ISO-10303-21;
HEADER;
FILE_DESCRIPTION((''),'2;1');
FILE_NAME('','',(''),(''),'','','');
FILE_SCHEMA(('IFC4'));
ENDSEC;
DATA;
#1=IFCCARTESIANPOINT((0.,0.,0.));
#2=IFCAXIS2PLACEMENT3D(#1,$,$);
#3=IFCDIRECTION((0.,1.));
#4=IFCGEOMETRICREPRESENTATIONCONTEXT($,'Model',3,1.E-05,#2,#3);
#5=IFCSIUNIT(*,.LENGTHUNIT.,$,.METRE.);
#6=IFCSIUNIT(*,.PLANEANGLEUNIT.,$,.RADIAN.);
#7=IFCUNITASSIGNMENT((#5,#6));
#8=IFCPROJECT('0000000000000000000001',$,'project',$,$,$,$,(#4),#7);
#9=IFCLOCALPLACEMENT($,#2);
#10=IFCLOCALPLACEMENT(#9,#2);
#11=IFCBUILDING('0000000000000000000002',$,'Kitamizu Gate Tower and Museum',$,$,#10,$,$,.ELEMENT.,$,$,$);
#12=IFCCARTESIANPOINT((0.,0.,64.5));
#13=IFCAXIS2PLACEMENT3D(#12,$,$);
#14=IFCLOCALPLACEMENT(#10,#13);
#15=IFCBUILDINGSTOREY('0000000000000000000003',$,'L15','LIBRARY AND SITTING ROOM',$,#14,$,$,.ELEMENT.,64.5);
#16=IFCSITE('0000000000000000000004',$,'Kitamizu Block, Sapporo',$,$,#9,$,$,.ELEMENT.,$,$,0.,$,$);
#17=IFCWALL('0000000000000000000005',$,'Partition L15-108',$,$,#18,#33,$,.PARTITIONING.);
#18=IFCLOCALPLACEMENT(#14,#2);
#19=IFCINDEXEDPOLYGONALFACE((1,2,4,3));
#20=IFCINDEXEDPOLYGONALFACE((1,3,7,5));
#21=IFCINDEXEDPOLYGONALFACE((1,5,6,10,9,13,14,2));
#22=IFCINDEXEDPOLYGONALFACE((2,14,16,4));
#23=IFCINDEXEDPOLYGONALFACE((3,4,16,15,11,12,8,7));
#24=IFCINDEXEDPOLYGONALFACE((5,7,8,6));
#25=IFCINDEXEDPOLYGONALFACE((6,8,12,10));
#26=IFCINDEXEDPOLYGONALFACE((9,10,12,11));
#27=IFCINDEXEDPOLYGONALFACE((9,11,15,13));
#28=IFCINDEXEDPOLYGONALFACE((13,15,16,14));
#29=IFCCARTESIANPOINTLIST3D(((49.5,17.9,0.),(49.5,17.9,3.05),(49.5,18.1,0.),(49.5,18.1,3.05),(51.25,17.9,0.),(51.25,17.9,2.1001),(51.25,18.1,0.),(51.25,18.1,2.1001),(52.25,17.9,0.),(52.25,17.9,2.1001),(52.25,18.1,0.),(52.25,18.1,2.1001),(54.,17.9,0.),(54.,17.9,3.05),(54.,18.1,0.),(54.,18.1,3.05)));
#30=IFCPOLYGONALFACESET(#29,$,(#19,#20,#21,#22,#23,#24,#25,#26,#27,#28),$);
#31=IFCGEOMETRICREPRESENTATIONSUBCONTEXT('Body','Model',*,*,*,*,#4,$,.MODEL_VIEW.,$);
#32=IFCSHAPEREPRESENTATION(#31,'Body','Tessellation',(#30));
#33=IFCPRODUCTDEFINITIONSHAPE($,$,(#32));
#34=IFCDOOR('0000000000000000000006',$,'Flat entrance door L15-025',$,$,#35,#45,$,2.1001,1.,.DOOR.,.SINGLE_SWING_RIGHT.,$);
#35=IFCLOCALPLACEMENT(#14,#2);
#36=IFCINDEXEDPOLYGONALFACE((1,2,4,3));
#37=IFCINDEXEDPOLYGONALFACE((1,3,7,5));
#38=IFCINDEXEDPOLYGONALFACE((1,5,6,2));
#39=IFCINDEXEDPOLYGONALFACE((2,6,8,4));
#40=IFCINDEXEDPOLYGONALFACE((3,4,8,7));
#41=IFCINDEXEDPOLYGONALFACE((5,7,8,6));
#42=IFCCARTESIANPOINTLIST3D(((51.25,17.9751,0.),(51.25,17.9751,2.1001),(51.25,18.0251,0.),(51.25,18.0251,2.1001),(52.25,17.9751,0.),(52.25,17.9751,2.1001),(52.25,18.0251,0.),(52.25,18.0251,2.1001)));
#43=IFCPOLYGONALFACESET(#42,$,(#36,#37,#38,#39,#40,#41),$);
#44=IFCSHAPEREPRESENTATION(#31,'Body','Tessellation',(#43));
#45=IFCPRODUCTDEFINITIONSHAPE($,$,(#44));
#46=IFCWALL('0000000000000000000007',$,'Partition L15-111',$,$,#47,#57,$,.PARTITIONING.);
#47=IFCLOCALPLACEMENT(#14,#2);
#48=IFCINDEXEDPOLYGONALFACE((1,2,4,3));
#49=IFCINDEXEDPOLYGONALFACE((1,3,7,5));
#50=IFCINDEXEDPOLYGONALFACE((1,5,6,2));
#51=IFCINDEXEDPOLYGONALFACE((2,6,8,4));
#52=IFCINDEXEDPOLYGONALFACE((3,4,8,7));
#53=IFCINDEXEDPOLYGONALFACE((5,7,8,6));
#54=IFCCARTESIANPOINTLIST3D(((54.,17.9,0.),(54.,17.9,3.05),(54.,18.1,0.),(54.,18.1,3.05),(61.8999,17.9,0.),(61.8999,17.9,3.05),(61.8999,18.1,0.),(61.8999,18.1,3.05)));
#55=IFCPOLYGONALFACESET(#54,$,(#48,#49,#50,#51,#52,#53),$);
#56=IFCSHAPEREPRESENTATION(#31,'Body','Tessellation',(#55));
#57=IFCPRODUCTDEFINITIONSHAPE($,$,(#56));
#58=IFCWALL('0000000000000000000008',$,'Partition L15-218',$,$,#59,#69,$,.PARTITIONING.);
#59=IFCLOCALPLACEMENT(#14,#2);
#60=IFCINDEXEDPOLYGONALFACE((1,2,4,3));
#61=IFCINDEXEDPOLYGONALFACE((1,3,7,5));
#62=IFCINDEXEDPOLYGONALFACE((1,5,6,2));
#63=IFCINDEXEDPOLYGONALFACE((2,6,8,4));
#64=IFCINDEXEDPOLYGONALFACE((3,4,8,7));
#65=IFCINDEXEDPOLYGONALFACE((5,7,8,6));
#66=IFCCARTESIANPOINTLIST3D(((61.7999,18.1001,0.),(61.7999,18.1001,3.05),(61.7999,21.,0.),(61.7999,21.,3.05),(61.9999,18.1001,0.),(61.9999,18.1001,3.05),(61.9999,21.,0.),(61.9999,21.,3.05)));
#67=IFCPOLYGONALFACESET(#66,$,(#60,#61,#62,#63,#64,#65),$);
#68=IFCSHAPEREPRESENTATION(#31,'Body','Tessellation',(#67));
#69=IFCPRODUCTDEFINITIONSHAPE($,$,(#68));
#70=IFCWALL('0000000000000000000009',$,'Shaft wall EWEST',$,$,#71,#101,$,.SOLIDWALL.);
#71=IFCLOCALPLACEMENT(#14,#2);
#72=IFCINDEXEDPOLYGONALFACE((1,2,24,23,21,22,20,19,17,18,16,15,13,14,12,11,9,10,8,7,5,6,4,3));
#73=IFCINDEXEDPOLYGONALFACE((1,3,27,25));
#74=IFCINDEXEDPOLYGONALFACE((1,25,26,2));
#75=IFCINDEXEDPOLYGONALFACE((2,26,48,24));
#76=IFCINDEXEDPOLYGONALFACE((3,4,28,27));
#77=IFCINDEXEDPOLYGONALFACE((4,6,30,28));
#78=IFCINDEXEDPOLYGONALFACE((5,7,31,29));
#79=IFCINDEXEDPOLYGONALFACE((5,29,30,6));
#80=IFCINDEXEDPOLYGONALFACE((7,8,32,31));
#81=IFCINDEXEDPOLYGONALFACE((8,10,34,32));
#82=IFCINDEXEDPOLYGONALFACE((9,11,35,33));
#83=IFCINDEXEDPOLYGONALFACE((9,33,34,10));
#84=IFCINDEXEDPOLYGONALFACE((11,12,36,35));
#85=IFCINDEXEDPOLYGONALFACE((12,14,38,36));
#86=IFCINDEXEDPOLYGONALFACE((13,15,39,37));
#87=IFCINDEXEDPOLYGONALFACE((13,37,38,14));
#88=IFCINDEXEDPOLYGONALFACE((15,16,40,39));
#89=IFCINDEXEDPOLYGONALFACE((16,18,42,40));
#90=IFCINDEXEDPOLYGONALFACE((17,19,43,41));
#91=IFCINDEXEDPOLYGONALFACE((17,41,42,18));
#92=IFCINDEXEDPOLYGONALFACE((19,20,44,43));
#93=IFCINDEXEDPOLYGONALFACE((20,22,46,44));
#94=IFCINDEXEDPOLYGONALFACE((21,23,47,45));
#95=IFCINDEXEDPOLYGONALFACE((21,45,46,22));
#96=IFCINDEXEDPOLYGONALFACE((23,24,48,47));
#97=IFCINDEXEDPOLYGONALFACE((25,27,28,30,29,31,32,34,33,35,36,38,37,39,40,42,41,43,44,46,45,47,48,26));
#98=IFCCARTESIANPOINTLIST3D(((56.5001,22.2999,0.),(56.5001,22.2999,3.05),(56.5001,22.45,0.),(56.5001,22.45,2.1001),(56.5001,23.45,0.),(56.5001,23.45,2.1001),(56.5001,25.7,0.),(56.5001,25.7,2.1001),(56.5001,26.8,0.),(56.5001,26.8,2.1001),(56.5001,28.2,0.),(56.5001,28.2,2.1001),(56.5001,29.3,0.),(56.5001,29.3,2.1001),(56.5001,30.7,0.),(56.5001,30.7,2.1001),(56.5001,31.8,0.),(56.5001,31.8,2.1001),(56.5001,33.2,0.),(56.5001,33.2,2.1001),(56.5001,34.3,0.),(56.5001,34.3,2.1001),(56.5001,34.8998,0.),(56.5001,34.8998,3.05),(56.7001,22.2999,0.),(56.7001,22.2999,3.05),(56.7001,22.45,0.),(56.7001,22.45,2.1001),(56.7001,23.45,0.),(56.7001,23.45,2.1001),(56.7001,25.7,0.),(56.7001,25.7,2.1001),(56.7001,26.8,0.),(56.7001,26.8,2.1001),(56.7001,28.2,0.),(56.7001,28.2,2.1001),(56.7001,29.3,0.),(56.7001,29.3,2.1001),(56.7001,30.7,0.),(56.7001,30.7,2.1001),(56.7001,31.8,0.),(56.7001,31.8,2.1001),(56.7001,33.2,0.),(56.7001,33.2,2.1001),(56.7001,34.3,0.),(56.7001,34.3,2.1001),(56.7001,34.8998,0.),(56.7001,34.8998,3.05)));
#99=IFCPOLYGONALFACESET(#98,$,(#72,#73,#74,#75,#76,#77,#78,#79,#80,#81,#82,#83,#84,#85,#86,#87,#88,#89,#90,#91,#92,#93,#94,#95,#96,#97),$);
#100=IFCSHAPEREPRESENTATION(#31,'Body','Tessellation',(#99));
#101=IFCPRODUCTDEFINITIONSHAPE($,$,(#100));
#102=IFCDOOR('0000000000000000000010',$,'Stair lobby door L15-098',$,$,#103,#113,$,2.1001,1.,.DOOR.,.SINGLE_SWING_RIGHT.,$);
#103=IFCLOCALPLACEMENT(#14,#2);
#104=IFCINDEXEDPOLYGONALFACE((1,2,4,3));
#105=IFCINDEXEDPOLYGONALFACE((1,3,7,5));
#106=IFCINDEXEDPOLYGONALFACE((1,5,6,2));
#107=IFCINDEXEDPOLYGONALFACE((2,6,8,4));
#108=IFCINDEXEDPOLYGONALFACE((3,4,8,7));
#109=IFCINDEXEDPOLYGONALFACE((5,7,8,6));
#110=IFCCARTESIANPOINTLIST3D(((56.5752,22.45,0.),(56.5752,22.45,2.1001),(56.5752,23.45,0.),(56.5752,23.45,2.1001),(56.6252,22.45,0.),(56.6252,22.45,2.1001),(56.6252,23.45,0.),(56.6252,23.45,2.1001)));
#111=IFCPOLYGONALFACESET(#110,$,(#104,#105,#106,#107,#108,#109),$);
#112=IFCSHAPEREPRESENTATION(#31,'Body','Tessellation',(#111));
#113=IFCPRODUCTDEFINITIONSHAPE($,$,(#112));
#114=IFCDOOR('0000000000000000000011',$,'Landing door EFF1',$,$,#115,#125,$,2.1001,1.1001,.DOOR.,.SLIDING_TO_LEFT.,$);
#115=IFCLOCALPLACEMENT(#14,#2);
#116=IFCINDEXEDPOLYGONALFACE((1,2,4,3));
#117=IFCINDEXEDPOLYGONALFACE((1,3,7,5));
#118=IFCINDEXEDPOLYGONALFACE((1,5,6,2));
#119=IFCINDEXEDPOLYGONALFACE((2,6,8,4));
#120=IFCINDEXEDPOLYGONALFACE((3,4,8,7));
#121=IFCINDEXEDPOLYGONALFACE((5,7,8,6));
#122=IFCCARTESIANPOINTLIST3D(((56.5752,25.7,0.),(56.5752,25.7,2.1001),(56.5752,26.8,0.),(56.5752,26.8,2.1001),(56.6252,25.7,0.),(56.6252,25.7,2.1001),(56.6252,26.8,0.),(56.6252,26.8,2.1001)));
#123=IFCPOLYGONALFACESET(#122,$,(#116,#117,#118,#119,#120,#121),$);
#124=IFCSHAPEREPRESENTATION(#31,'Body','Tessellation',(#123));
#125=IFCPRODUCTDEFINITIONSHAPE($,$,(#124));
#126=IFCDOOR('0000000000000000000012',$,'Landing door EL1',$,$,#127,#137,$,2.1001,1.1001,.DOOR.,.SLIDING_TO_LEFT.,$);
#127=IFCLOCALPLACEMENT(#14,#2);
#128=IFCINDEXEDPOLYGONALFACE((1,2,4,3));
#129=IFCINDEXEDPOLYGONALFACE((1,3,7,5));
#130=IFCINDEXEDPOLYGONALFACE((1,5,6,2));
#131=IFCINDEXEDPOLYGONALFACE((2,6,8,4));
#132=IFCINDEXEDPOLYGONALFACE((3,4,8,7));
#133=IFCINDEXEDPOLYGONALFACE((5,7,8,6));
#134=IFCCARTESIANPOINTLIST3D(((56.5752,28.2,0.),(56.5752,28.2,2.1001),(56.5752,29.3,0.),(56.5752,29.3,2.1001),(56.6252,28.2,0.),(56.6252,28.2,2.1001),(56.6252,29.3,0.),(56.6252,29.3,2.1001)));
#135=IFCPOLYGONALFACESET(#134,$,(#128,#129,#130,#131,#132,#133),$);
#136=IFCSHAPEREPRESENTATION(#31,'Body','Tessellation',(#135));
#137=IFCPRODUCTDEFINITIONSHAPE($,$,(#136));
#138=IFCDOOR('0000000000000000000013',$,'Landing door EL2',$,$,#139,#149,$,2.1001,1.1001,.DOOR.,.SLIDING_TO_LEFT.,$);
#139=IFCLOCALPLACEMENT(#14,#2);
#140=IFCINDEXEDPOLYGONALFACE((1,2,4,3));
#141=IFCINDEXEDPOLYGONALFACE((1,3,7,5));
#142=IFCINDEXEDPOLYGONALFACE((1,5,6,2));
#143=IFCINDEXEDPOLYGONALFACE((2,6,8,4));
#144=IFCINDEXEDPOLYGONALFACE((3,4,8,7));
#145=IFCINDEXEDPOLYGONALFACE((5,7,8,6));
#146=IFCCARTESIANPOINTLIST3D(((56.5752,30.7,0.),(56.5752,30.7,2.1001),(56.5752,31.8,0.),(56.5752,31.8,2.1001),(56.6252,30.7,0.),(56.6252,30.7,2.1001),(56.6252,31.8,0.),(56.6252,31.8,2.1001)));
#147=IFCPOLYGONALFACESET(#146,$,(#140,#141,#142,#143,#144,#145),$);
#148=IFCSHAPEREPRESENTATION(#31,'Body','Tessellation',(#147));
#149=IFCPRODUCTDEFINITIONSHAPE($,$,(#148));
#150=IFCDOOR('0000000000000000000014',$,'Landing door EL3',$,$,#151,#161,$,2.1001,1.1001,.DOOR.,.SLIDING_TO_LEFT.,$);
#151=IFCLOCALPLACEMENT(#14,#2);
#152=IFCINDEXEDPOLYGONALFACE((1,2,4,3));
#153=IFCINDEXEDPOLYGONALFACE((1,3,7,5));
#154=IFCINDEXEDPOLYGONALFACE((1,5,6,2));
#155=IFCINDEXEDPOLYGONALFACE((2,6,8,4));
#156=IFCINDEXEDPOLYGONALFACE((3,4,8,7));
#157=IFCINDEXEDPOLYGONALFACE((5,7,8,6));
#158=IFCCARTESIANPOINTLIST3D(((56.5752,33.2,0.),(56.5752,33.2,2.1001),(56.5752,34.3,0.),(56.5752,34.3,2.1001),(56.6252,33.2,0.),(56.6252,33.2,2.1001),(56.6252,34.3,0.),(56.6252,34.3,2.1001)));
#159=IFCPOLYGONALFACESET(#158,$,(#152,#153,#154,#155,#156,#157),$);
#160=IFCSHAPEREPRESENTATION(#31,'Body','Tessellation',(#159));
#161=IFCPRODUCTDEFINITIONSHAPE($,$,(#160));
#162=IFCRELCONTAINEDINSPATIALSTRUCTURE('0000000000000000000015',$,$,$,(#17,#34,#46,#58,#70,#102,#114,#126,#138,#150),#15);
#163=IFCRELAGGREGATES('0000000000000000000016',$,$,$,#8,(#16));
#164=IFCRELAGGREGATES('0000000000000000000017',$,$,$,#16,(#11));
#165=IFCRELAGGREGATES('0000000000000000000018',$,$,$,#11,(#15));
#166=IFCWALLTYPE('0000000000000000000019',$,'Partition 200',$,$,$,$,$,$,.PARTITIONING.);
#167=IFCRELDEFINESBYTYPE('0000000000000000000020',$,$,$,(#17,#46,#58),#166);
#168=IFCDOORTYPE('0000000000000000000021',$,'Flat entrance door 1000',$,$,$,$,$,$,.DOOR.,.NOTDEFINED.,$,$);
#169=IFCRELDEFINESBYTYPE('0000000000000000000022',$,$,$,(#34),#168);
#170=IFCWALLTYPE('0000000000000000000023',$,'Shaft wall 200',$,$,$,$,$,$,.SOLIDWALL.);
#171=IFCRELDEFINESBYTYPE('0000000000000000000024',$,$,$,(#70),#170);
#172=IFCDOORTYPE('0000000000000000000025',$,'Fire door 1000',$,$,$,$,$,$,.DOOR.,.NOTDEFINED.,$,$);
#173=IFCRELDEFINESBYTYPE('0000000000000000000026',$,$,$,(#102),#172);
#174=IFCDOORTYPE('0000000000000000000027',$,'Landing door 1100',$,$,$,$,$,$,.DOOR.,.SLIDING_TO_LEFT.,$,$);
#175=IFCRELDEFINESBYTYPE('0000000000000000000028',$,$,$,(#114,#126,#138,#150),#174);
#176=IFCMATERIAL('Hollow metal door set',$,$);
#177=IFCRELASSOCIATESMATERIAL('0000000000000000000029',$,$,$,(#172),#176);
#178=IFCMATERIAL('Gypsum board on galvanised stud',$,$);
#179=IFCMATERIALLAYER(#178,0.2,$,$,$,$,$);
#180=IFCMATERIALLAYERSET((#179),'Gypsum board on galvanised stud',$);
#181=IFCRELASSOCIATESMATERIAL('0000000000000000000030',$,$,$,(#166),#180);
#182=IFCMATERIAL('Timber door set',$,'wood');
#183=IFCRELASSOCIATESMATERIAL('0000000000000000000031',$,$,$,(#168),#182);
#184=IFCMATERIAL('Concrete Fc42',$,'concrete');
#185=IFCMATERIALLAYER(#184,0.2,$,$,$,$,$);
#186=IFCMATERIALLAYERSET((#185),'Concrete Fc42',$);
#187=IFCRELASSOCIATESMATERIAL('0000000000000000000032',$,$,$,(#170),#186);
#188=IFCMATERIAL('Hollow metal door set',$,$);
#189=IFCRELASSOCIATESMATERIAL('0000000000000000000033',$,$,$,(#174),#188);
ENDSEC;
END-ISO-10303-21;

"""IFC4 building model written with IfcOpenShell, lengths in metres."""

from ifc_helpers import new_model, si_unit, direction, frame, frame_2d, origin, place, context, subcontext, project, spatial, rectangle, extrude, material, layer, layer_set, type_object, element, fill, save


model = new_model("IFC4")

# Units and contexts
model_context = context("Model", 3, precision=1e-05, world=origin(), true_north=direction((0.0, 1.0)))
body_context = subcontext(model_context, "Body", "Model", "MODEL_VIEW")
ifc_project = project(units=[si_unit("LENGTHUNIT", "METRE"), si_unit("PLANEANGLEUNIT", "RADIAN")], contexts=[model_context])

# Site, building, storey
site_placement = place(None, origin())
site = spatial("IfcSite", under=ifc_project, at=site_placement, Name="Kitamizu Block, Sapporo", CompositionType="ELEMENT", RefElevation=0.0)
building_placement = place(site_placement, origin())
building = spatial("IfcBuilding", under=site, at=building_placement, Name="Kitamizu Gate Tower and Museum", CompositionType="ELEMENT")
storey_placement = place(building_placement, frame((0.0, 0.0, 64.5)))
storey = spatial("IfcBuildingStorey", under=building, at=storey_placement, Name="L15", Description="LIBRARY AND SITTING ROOM", CompositionType="ELEMENT", Elevation=64.5)

# Shared definitions
ifc_material_1 = material(Name="Hollow metal door set")
door_type_1 = type_object("IfcDoorType", Name="Fire door 1000", OperationType="NOTDEFINED", PredefinedType="DOOR", material=ifc_material_1)

# Shared definitions
ifc_material_2 = material(Name="Gypsum board on galvanised stud")
ifc_layer_1 = layer(ifc_material_2, 0.2)
ifc_layer_set_1 = layer_set([ifc_layer_1], Name="Gypsum board on galvanised stud")
wall_type_1 = type_object("IfcWallType", Name="Partition 200", PredefinedType="PARTITIONING", material=ifc_layer_set_1)

# Wall, opening, door
wall_1_placement = place(storey_placement, frame((54.0, 18.0, 0.0), z_axis=(0.0, 0.0, 1.0), x_axis=(-1.0, 0.0, 0.0)))
wall_1 = element("IfcWall", 1, at=wall_1_placement, inside=storey, type_object=wall_type_1, Name="Partition L15-108", PredefinedType="PARTITIONING", context=body_context, shape_type="SweptSolid", body=[
    extrude(rectangle(XDim=4.5, YDim=0.2, at=frame_2d((2.25, 0.0))), origin(), (0.0, 0.0, 1.0), 3.05),
])
opening_1_placement = place(wall_1_placement, frame((1.75, 0.0, 0.0)))
opening_1 = element("IfcOpeningElement", 2, at=opening_1_placement, cuts=wall_1, PredefinedType="OPENING", context=body_context, shape_type="SweptSolid", body=[
    extrude(rectangle(XDim=1.0, YDim=2.1001, at=frame_2d((0.5, 1.05))), frame((0.0, 0.1099, 0.0), z_axis=(0.0, -1.0, 0.0), x_axis=(1.0, 0.0, 0.0)), (0.0, 0.0, 1.0), 0.22),
])
ifc_material_3 = material(Name="Timber door set", Category="wood")
door_type_2 = type_object("IfcDoorType", Name="Flat entrance door 1000", OperationType="NOTDEFINED", PredefinedType="DOOR", material=ifc_material_3)
door_1_placement = place(opening_1_placement, origin())
door_1 = element("IfcDoor", 3, at=door_1_placement, inside=storey, type_object=door_type_2, Name="Flat entrance door L15-025", OperationType="SINGLE_SWING_RIGHT", OverallHeight=2.1001, OverallWidth=1.0, PredefinedType="DOOR", context=body_context, shape_type="SweptSolid", body=[
    extrude(rectangle(XDim=1.0, YDim=2.1001, at=frame_2d((0.5, 1.05))), frame((0.0, 0.0249, 0.0), z_axis=(0.0, -1.0, 0.0), x_axis=(1.0, 0.0, 0.0)), (0.0, 0.0, 1.0), 0.05),
])
fill(opening_1, door_1)

# Walls
wall_2_placement = place(storey_placement, frame((61.8999, 18.0, 0.0), z_axis=(0.0, 0.0, 1.0), x_axis=(-1.0, 0.0, 0.0)))
element("IfcWall", 4, at=wall_2_placement, inside=storey, type_object=wall_type_1, Name="Partition L15-111", PredefinedType="PARTITIONING", context=body_context, shape_type="SweptSolid", body=[
    extrude(rectangle(XDim=7.8999, YDim=0.2, at=frame_2d((3.95, 0.0))), origin(), (0.0, 0.0, 1.0), 3.05),
])
wall_3_placement = place(storey_placement, frame((61.8999, 21.0, 0.0), z_axis=(0.0, 0.0, 1.0), x_axis=(0.0, -1.0, 0.0)))
element("IfcWall", 5, at=wall_3_placement, inside=storey, type_object=wall_type_1, Name="Partition L15-218", PredefinedType="PARTITIONING", context=body_context, shape_type="SweptSolid", body=[
    extrude(rectangle(XDim=2.8999, YDim=0.2, at=frame_2d((1.45, 0.0))), origin(), (0.0, 0.0, 1.0), 3.05),
])

# Wall, openings, doors
ifc_material_4 = material(Name="Concrete Fc42", Category="concrete")
ifc_layer_2 = layer(ifc_material_4, 0.2)
ifc_layer_set_2 = layer_set([ifc_layer_2], Name="Concrete Fc42")
wall_type_2 = type_object("IfcWallType", Name="Shaft wall 200", PredefinedType="SOLIDWALL", material=ifc_layer_set_2)
wall_4_placement = place(storey_placement, frame((56.6001, 22.3, 0.0), z_axis=(0.0, 0.0, 1.0), x_axis=(0.0, 1.0, 0.0)))
wall_4 = element("IfcWall", 6, at=wall_4_placement, inside=storey, type_object=wall_type_2, Name="Shaft wall EWEST", PredefinedType="SOLIDWALL", context=body_context, shape_type="SweptSolid", body=[
    extrude(rectangle(XDim=12.5999, YDim=0.2, at=frame_2d((6.2998, 0.0))), origin(), (0.0, 0.0, 1.0), 3.05),
])
opening_2_placement = place(wall_4_placement, frame((3.3999, 0.0, 0.0)))
opening_2 = element("IfcOpeningElement", 7, at=opening_2_placement, cuts=wall_4, PredefinedType="OPENING", context=body_context, shape_type="SweptSolid", body=[
    extrude(rectangle(XDim=1.1001, YDim=2.1001, at=frame_2d((0.55, 1.05))), frame((0.0, 0.1099, 0.0), z_axis=(0.0, -1.0, 0.0), x_axis=(1.0, 0.0, 0.0)), (0.0, 0.0, 1.0), 0.22),
])
opening_3_placement = place(wall_4_placement, frame((5.8999, 0.0, 0.0)))
opening_3 = element("IfcOpeningElement", 8, at=opening_3_placement, cuts=wall_4, PredefinedType="OPENING", context=body_context, shape_type="SweptSolid", body=[
    extrude(rectangle(XDim=1.1001, YDim=2.1001, at=frame_2d((0.55, 1.05))), frame((0.0, 0.1099, 0.0), z_axis=(0.0, -1.0, 0.0), x_axis=(1.0, 0.0, 0.0)), (0.0, 0.0, 1.0), 0.22),
])
opening_4_placement = place(wall_4_placement, frame((8.3999, 0.0, 0.0)))
opening_4 = element("IfcOpeningElement", 9, at=opening_4_placement, cuts=wall_4, PredefinedType="OPENING", context=body_context, shape_type="SweptSolid", body=[
    extrude(rectangle(XDim=1.1001, YDim=2.1001, at=frame_2d((0.55, 1.05))), frame((0.0, 0.1099, 0.0), z_axis=(0.0, -1.0, 0.0), x_axis=(1.0, 0.0, 0.0)), (0.0, 0.0, 1.0), 0.22),
])
opening_5_placement = place(wall_4_placement, frame((10.8999, 0.0, 0.0)))
opening_5 = element("IfcOpeningElement", 10, at=opening_5_placement, cuts=wall_4, PredefinedType="OPENING", context=body_context, shape_type="SweptSolid", body=[
    extrude(rectangle(XDim=1.1001, YDim=2.1001, at=frame_2d((0.55, 1.05))), frame((0.0, 0.1099, 0.0), z_axis=(0.0, -1.0, 0.0), x_axis=(1.0, 0.0, 0.0)), (0.0, 0.0, 1.0), 0.22),
])
opening_6_placement = place(wall_4_placement, frame((0.1499, 0.0, 0.0)))
opening_6 = element("IfcOpeningElement", 11, at=opening_6_placement, cuts=wall_4, PredefinedType="OPENING", context=body_context, shape_type="SweptSolid", body=[
    extrude(rectangle(XDim=1.0, YDim=2.1001, at=frame_2d((0.5, 1.05))), frame((0.0, 0.1099, 0.0), z_axis=(0.0, -1.0, 0.0), x_axis=(1.0, 0.0, 0.0)), (0.0, 0.0, 1.0), 0.22),
])
door_2_placement = place(opening_6_placement, origin())
door_2 = element("IfcDoor", 12, at=door_2_placement, inside=storey, type_object=door_type_1, Name="Stair lobby door L15-098", OperationType="SINGLE_SWING_RIGHT", OverallHeight=2.1001, OverallWidth=1.0, PredefinedType="DOOR", context=body_context, shape_type="SweptSolid", body=[
    extrude(rectangle(XDim=1.0, YDim=2.1001, at=frame_2d((0.5, 1.05))), frame((0.0, 0.0249, 0.0), z_axis=(0.0, -1.0, 0.0), x_axis=(1.0, 0.0, 0.0)), (0.0, 0.0, 1.0), 0.05),
])
fill(opening_6, door_2)
ifc_material_5 = material(Name="Hollow metal door set")
door_type_3 = type_object("IfcDoorType", Name="Landing door 1100", OperationType="SLIDING_TO_LEFT", PredefinedType="DOOR", material=ifc_material_5)
door_3_placement = place(opening_2_placement, origin())
door_3 = element("IfcDoor", 13, at=door_3_placement, inside=storey, type_object=door_type_3, Name="Landing door EFF1", OperationType="SLIDING_TO_LEFT", OverallHeight=2.1001, OverallWidth=1.1001, PredefinedType="DOOR", context=body_context, shape_type="SweptSolid", body=[
    extrude(rectangle(XDim=1.1001, YDim=2.1001, at=frame_2d((0.55, 1.05))), frame((0.0, 0.0249, 0.0), z_axis=(0.0, -1.0, 0.0), x_axis=(1.0, 0.0, 0.0)), (0.0, 0.0, 1.0), 0.05),
])
fill(opening_2, door_3)
door_4_placement = place(opening_3_placement, origin())
door_4 = element("IfcDoor", 14, at=door_4_placement, inside=storey, type_object=door_type_3, Name="Landing door EL1", OperationType="SLIDING_TO_LEFT", OverallHeight=2.1001, OverallWidth=1.1001, PredefinedType="DOOR", context=body_context, shape_type="SweptSolid", body=[
    extrude(rectangle(XDim=1.1001, YDim=2.1001, at=frame_2d((0.55, 1.05))), frame((0.0, 0.0249, 0.0), z_axis=(0.0, -1.0, 0.0), x_axis=(1.0, 0.0, 0.0)), (0.0, 0.0, 1.0), 0.05),
])
fill(opening_3, door_4)
door_5_placement = place(opening_4_placement, origin())
door_5 = element("IfcDoor", 15, at=door_5_placement, inside=storey, type_object=door_type_3, Name="Landing door EL2", OperationType="SLIDING_TO_LEFT", OverallHeight=2.1001, OverallWidth=1.1001, PredefinedType="DOOR", context=body_context, shape_type="SweptSolid", body=[
    extrude(rectangle(XDim=1.1001, YDim=2.1001, at=frame_2d((0.55, 1.05))), frame((0.0, 0.0249, 0.0), z_axis=(0.0, -1.0, 0.0), x_axis=(1.0, 0.0, 0.0)), (0.0, 0.0, 1.0), 0.05),
])
fill(opening_4, door_5)
door_6_placement = place(opening_5_placement, origin())
door_6 = element("IfcDoor", 16, at=door_6_placement, inside=storey, type_object=door_type_3, Name="Landing door EL3", OperationType="SLIDING_TO_LEFT", OverallHeight=2.1001, OverallWidth=1.1001, PredefinedType="DOOR", context=body_context, shape_type="SweptSolid", body=[
    extrude(rectangle(XDim=1.1001, YDim=2.1001, at=frame_2d((0.55, 1.05))), frame((0.0, 0.0249, 0.0), z_axis=(0.0, -1.0, 0.0), x_axis=(1.0, 0.0, 0.0)), (0.0, 0.0, 1.0), 0.05),
])
fill(opening_5, door_6)

save(model, "model.ifc")
